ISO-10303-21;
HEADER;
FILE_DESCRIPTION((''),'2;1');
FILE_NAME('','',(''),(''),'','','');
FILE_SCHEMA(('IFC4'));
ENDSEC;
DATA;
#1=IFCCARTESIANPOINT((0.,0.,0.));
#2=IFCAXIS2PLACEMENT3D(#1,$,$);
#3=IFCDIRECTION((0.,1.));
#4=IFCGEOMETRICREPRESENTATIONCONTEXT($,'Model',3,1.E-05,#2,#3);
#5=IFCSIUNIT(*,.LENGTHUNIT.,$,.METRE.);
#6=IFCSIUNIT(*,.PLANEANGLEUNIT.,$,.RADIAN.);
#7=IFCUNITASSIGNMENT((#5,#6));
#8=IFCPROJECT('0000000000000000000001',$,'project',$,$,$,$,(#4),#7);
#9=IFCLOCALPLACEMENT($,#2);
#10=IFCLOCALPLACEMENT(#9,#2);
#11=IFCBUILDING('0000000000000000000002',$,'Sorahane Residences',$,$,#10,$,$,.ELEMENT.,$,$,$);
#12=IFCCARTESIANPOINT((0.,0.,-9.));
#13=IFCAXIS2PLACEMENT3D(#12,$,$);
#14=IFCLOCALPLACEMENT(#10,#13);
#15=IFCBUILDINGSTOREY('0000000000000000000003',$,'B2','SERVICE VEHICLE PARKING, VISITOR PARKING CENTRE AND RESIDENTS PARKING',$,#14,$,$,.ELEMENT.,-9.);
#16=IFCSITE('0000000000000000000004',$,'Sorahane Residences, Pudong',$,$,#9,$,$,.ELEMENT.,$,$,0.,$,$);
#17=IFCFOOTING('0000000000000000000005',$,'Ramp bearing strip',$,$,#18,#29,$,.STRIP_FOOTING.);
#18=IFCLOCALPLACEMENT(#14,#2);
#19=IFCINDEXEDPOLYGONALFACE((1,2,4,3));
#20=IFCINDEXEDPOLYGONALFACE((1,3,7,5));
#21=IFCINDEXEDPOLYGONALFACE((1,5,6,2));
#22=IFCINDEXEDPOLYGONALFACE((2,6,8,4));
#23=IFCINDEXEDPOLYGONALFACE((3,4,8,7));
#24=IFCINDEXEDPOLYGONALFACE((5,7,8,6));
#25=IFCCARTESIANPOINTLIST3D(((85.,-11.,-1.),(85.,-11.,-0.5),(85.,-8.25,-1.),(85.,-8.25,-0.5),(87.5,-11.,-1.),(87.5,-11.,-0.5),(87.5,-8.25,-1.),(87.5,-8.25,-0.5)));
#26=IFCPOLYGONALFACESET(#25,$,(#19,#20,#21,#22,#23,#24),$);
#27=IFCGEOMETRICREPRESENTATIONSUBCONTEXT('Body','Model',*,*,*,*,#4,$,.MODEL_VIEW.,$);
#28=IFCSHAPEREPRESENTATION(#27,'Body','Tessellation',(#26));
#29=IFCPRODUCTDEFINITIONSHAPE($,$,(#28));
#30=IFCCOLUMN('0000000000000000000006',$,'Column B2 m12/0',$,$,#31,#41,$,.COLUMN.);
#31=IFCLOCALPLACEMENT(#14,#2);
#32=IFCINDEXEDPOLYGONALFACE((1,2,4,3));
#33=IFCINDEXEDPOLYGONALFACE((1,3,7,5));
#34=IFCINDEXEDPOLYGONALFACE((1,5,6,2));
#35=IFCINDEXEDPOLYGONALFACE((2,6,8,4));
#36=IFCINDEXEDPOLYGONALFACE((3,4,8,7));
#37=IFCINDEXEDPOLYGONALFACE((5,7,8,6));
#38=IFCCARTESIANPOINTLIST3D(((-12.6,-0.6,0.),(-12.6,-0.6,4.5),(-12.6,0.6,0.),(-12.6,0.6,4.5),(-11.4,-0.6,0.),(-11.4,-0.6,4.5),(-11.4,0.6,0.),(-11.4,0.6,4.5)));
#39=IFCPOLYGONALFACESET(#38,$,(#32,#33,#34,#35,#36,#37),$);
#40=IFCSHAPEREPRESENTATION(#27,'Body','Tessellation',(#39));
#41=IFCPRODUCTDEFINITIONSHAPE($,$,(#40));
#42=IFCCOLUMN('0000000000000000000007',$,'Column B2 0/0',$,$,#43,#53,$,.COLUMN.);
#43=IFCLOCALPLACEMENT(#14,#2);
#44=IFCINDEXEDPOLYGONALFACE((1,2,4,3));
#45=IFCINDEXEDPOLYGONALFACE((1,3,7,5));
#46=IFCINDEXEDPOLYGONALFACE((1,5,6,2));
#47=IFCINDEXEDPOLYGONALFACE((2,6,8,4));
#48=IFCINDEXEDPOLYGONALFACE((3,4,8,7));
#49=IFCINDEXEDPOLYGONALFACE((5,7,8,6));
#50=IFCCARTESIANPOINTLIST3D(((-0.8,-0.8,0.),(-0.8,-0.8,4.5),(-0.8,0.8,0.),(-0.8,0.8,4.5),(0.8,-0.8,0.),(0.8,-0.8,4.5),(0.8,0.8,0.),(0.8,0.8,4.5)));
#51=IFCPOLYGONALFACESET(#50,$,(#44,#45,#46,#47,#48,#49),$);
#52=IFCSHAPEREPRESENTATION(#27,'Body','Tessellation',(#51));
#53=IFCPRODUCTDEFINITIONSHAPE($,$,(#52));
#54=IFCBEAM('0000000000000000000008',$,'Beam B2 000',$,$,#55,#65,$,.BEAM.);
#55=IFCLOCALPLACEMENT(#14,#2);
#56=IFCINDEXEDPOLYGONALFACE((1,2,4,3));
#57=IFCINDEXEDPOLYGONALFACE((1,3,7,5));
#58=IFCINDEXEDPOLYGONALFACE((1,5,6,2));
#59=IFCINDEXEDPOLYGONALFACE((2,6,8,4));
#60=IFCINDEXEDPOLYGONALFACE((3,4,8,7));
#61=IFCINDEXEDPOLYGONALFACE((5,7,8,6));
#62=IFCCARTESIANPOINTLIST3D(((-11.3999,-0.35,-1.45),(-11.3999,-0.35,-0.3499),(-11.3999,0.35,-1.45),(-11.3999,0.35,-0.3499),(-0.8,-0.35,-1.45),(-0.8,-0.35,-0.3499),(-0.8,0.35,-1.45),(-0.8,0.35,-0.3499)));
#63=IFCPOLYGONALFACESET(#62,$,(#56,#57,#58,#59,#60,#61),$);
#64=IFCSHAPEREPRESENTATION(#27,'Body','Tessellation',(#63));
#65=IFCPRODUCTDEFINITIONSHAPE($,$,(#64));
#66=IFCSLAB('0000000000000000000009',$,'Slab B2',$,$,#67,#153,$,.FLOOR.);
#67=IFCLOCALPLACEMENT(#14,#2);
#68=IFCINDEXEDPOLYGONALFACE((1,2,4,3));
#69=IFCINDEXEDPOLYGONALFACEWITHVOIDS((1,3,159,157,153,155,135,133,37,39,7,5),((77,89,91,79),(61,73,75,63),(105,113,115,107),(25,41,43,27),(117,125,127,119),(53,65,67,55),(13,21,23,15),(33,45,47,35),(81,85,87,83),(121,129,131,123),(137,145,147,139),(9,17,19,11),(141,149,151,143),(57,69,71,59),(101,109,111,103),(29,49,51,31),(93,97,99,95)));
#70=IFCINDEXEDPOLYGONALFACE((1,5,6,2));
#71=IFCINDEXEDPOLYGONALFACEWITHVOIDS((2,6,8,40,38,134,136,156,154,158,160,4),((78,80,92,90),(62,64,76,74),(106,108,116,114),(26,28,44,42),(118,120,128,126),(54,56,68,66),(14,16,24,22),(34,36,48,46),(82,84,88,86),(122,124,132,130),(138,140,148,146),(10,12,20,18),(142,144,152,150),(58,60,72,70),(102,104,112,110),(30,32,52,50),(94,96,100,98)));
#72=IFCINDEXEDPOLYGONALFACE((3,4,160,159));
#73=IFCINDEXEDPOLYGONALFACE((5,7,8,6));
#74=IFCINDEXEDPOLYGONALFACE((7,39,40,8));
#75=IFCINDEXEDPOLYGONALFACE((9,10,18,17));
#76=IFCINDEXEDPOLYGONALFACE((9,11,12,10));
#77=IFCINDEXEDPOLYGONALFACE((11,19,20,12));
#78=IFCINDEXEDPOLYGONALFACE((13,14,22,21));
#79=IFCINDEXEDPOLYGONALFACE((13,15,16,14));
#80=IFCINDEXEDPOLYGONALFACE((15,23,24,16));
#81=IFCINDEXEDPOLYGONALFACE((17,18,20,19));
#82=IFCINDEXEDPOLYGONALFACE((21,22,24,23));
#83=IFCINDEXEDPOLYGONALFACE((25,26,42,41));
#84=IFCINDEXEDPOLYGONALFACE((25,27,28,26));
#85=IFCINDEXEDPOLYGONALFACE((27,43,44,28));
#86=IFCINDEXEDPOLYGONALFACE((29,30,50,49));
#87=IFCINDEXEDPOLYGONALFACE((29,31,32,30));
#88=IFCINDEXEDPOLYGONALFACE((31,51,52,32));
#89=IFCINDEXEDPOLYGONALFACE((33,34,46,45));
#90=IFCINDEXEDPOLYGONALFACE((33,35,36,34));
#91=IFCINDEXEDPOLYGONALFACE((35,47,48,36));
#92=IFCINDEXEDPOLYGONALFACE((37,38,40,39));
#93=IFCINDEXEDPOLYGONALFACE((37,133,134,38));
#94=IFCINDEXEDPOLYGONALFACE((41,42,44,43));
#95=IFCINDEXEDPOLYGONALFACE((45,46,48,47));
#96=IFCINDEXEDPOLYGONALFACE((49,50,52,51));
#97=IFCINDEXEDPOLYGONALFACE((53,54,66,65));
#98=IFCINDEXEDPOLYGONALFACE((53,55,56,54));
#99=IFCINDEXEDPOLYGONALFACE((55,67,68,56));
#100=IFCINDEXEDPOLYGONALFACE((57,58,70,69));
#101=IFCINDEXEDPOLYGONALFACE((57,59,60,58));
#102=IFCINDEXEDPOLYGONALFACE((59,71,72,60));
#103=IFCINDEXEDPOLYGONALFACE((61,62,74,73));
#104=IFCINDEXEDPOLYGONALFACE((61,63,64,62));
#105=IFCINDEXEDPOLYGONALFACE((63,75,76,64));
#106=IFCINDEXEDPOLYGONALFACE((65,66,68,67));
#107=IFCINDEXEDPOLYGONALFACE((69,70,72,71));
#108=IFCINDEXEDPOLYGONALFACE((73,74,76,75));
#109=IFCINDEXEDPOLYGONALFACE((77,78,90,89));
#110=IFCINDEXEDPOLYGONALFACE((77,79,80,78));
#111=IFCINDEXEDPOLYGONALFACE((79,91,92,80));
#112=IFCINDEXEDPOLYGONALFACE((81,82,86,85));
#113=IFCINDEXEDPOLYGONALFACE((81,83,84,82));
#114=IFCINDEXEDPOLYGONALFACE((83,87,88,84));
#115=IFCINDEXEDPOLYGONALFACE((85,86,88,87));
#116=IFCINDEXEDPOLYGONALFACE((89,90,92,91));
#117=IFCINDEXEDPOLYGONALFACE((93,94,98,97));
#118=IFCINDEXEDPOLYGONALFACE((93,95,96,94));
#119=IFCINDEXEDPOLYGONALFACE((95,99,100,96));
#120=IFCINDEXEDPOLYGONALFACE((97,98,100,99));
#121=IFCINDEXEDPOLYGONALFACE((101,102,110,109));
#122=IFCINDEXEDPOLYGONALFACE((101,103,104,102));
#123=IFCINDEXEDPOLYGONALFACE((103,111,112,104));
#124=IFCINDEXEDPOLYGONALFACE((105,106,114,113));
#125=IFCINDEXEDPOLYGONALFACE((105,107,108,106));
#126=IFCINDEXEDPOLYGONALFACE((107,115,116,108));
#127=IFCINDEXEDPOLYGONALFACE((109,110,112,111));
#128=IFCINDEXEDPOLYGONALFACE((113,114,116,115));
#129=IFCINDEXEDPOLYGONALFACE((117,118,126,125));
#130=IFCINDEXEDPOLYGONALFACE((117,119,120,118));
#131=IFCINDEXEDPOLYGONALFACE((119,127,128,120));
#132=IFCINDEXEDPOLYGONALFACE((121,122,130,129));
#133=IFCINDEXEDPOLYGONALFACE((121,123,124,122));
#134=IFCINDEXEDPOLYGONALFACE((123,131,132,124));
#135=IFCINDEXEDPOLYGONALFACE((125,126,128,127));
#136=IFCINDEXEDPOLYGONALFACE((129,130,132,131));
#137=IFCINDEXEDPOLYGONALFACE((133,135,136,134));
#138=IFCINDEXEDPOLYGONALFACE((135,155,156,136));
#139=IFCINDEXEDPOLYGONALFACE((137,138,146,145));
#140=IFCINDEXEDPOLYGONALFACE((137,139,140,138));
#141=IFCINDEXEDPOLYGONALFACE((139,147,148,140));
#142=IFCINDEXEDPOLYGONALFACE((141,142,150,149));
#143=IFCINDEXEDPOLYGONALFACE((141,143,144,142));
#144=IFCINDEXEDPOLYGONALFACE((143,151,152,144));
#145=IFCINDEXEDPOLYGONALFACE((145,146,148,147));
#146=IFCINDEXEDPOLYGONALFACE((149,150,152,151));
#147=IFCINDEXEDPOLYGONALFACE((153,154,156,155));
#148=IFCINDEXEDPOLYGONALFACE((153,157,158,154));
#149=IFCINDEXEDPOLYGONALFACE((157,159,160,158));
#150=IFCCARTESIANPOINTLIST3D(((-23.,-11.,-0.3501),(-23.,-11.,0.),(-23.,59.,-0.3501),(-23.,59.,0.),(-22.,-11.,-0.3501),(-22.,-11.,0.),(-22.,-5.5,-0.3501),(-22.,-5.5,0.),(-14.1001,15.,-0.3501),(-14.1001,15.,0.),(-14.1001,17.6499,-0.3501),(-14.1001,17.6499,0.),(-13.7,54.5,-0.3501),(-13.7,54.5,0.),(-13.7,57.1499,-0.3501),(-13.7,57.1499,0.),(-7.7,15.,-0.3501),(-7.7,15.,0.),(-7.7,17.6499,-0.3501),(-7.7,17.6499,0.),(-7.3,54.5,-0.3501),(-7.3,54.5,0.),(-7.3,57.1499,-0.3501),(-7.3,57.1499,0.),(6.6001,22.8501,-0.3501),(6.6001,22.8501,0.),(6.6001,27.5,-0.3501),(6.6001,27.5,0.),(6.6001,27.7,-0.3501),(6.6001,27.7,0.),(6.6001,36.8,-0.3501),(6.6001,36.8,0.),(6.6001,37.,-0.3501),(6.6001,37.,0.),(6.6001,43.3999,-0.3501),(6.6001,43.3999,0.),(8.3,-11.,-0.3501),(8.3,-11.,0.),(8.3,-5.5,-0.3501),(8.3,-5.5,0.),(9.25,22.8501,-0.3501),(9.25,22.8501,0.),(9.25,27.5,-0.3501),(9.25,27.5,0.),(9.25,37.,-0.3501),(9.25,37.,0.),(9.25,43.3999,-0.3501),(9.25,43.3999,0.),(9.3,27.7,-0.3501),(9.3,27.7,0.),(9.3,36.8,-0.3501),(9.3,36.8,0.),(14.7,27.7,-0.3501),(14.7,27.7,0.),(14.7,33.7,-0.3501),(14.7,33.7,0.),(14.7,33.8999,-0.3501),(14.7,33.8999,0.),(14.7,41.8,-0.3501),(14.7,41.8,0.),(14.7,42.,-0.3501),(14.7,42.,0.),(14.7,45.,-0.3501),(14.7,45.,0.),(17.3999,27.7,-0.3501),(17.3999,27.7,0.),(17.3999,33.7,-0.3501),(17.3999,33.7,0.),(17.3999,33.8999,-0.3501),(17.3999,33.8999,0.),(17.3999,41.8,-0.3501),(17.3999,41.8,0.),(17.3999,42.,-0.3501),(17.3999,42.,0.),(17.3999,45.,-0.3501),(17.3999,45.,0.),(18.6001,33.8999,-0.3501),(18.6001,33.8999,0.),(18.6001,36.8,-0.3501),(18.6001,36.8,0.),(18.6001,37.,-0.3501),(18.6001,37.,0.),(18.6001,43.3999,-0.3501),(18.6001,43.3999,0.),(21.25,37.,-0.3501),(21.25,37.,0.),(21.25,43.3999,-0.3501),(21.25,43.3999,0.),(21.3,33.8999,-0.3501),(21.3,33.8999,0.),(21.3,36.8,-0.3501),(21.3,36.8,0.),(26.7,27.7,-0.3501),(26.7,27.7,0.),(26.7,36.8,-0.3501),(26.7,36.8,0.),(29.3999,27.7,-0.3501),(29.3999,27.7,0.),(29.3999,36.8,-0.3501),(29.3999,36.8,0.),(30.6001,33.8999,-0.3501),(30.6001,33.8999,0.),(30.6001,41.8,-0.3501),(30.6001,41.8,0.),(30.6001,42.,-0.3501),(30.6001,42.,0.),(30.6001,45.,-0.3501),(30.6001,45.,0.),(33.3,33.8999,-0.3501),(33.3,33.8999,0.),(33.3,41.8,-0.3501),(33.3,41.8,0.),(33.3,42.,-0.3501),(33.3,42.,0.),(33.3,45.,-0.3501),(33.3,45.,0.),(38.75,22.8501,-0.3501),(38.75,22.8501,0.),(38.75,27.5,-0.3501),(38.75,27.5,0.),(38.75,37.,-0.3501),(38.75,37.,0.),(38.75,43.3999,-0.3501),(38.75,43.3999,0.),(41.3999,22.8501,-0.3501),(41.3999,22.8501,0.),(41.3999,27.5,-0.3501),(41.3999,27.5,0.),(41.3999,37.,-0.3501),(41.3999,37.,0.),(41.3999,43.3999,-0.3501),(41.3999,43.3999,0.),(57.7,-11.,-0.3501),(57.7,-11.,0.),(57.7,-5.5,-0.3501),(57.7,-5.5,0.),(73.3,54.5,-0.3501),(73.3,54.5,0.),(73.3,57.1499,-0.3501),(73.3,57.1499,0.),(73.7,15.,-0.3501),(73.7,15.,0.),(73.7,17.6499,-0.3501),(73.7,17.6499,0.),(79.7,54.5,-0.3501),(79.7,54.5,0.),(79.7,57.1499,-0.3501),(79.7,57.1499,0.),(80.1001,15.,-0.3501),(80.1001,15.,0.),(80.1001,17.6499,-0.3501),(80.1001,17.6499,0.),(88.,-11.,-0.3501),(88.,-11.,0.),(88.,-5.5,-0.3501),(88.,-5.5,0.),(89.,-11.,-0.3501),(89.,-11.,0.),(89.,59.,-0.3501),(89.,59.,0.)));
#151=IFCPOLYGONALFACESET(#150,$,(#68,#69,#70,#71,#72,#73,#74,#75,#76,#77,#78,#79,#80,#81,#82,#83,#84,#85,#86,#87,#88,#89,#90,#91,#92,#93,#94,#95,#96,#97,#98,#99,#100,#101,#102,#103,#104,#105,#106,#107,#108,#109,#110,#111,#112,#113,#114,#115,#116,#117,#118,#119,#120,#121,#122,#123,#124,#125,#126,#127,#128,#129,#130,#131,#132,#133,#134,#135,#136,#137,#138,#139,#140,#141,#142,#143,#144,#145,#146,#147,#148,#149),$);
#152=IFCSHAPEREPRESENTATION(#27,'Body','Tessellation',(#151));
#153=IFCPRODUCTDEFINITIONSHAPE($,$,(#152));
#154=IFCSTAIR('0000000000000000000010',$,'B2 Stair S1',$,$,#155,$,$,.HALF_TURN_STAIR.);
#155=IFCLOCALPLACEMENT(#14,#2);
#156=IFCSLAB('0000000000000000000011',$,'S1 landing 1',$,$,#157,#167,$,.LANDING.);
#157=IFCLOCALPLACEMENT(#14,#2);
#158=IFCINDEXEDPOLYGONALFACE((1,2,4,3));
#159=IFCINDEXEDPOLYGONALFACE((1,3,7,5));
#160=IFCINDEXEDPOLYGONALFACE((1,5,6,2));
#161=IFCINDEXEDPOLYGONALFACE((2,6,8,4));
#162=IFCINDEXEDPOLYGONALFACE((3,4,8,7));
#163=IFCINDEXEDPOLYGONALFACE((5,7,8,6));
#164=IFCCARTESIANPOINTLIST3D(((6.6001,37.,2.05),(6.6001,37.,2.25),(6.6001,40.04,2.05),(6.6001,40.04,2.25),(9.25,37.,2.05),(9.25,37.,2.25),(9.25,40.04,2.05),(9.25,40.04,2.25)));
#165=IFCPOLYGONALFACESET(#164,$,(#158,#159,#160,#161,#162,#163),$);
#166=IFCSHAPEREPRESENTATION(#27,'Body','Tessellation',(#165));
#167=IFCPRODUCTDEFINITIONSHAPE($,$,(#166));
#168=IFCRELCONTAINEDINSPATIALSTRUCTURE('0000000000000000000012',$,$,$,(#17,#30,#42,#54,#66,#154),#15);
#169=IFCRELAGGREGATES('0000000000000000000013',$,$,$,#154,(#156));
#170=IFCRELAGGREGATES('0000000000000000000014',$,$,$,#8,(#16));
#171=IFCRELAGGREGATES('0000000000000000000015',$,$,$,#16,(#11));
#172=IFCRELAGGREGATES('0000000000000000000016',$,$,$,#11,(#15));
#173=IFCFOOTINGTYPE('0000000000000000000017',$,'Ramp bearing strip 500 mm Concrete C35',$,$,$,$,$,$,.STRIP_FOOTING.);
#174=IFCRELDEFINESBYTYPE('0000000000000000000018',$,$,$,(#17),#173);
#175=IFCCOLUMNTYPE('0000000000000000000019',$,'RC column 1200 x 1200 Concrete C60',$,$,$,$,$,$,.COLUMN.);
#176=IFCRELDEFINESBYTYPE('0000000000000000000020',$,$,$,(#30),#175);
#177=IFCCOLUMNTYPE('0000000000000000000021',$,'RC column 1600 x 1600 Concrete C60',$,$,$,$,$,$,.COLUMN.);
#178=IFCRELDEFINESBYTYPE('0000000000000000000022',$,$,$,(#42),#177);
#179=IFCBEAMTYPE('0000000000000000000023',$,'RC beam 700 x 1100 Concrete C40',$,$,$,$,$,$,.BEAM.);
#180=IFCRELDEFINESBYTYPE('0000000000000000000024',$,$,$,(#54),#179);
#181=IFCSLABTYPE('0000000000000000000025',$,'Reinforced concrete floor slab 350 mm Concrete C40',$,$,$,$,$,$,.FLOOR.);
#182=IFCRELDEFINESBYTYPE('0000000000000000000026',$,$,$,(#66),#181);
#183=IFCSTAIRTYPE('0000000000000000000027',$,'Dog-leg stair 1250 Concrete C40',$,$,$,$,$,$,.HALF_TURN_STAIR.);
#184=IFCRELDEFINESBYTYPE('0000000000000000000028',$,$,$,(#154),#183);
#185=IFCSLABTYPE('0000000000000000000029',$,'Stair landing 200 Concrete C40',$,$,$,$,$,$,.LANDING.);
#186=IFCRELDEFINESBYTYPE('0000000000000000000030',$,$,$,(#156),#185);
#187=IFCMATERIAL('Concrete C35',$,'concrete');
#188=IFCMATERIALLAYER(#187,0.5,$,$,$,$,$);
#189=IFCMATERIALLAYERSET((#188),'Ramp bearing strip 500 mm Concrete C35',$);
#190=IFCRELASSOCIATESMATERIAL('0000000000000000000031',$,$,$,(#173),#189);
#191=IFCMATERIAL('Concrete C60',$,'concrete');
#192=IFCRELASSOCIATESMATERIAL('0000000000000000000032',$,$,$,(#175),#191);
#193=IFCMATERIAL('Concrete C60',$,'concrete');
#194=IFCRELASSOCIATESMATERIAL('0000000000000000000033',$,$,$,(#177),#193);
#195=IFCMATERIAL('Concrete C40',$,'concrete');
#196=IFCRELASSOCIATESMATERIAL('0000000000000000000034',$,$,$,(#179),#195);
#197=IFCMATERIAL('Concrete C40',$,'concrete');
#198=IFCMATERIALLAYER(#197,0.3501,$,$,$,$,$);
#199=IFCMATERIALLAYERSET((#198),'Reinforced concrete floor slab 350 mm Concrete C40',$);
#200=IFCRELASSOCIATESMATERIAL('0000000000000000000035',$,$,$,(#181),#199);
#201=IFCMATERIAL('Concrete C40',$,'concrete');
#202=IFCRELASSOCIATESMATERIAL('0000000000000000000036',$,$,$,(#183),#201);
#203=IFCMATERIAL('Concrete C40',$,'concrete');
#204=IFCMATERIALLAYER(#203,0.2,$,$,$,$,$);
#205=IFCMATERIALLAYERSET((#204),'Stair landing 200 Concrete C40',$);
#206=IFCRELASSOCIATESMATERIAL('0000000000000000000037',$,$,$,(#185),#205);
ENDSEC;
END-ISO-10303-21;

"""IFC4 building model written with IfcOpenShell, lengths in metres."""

from ifc_helpers import new_model, si_unit, direction, frame, origin, origin_with_axes, origin_2d, place, context, subcontext, project, spatial, polyline, rectangle, outline, extrude, material, layer, layer_set, material_profile, profile_set, type_object, element, aggregate, save


model = new_model("IFC4")

# Units and contexts
model_context = context("Model", 3, precision=1e-05, world=origin(), true_north=direction((0.0, 1.0)))
body_context = subcontext(model_context, "Body", "Model", "MODEL_VIEW")
ifc_project = project(units=[si_unit("LENGTHUNIT", "METRE"), si_unit("PLANEANGLEUNIT", "RADIAN")], contexts=[model_context])

# Site, building, storey
site_placement = place(None, origin())
site = spatial("IfcSite", under=ifc_project, at=site_placement, Name="Sorahane Residences, Pudong", CompositionType="ELEMENT", RefElevation=0.0)
building_placement = place(site_placement, origin())
building = spatial("IfcBuilding", under=site, at=building_placement, Name="Sorahane Residences", CompositionType="ELEMENT")
storey_placement = place(building_placement, frame((0.0, 0.0, -9.0)))
storey = spatial("IfcBuildingStorey", under=building, at=storey_placement, Name="B2", Description="SERVICE VEHICLE PARKING, VISITOR PARKING CENTRE AND RESIDENTS PARKING", CompositionType="ELEMENT", Elevation=-9.0)

# Footing
ifc_material_1 = material(Name="Concrete C35", Category="concrete")
ifc_layer_1 = layer(ifc_material_1, 0.5)
ifc_layer_set_1 = layer_set([ifc_layer_1], Name="Ramp bearing strip 500 mm Concrete C35")
footing_type = type_object("IfcFootingType", Name="Ramp bearing strip 500 mm Concrete C35", PredefinedType="STRIP_FOOTING", material=ifc_layer_set_1)
footing_placement = place(storey_placement, frame((0.0, 0.0, -1.0)))
element("IfcFooting", 1, at=footing_placement, inside=storey, type_object=footing_type, Name="Ramp bearing strip", PredefinedType="STRIP_FOOTING", context=body_context, shape_type="SweptSolid", body=[
    extrude(outline(polyline([(85.0, -11.0), (87.5, -11.0), (87.5, -8.25), (85.0, -8.25), (85.0, -11.0)])), origin(), (0.0, 0.0, 1.0), 0.5),
])

# Columns
ifc_material_2 = material(Name="Concrete C60", Category="concrete")
ifc_material_profile_1 = material_profile(ifc_material_2, rectangle(XDim=1.2, YDim=1.2, at=origin_2d()), Name="1200x1200")
ifc_profile_set_1 = profile_set([ifc_material_profile_1], Name="Concrete C60")
column_type_1 = type_object("IfcColumnType", Name="RC column 1200 x 1200 Concrete C60", PredefinedType="COLUMN", material=ifc_profile_set_1)
column_1_placement = place(storey_placement, frame((-12.0, 0.0, 0.0), z_axis=(0.0, 0.0, 1.0), x_axis=(1.0, 0.0, 0.0)))
element("IfcColumn", 2, at=column_1_placement, inside=storey, type_object=column_type_1, Name="Column B2 m12/0", PredefinedType="COLUMN", context=body_context, shape_type="SweptSolid", body=[
    extrude(rectangle(XDim=1.2, YDim=1.2, at=origin_2d()), origin(), (0.0, 0.0, 1.0), 4.5),
])
ifc_material_3 = material(Name="Concrete C60", Category="concrete")
ifc_material_profile_2 = material_profile(ifc_material_3, rectangle(XDim=1.6001, YDim=1.6001, at=origin_2d()), Name="1600x1600")
ifc_profile_set_2 = profile_set([ifc_material_profile_2], Name="Concrete C60")
column_type_2 = type_object("IfcColumnType", Name="RC column 1600 x 1600 Concrete C60", PredefinedType="COLUMN", material=ifc_profile_set_2)
column_2_placement = place(storey_placement, origin_with_axes())
element("IfcColumn", 3, at=column_2_placement, inside=storey, type_object=column_type_2, Name="Column B2 0/0", PredefinedType="COLUMN", context=body_context, shape_type="SweptSolid", body=[
    extrude(rectangle(XDim=1.6001, YDim=1.6001, at=origin_2d()), origin(), (0.0, 0.0, 1.0), 4.5),
])

# Beam
ifc_material_4 = material(Name="Concrete C40", Category="concrete")
ifc_material_profile_3 = material_profile(ifc_material_4, rectangle(XDim=0.7, YDim=1.1001, at=origin_2d()), Name="700x1100")
ifc_profile_set_3 = profile_set([ifc_material_profile_3], Name="Concrete C40")
beam_type = type_object("IfcBeamType", Name="RC beam 700 x 1100 Concrete C40", PredefinedType="BEAM", material=ifc_profile_set_3)
beam_placement = place(storey_placement, frame((-11.3999, 0.0, -0.8999), z_axis=(1.0, 0.0, 0.0), x_axis=(0.0, 1.0, 0.0)))
element("IfcBeam", 4, at=beam_placement, inside=storey, type_object=beam_type, Name="Beam B2 000", PredefinedType="BEAM", context=body_context, shape_type="SweptSolid", body=[
    extrude(rectangle(XDim=0.7, YDim=1.1001, at=origin_2d()), origin(), (0.0, 0.0, 1.0), 10.5999),
])

# Slab
ifc_material_5 = material(Name="Concrete C40", Category="concrete")
ifc_layer_2 = layer(ifc_material_5, 0.3501)
ifc_layer_set_2 = layer_set([ifc_layer_2], Name="Reinforced concrete floor slab 350 mm Concrete C40")
slab_type_1 = type_object("IfcSlabType", Name="Reinforced concrete floor slab 350 mm Concrete C40", PredefinedType="FLOOR", material=ifc_layer_set_2)
slab_1_placement = place(storey_placement, frame((0.0, 0.0, -0.3501)))
element("IfcSlab", 5, at=slab_1_placement, inside=storey, type_object=slab_type_1, Name="Slab B2", PredefinedType="FLOOR", context=body_context, shape_type="SweptSolid", body=[
    extrude(outline(polyline([(-23.0, -11.0), (-23.0, 59.0), (89.0, 59.0), (89.0, -11.0), (88.0, -11.0), (88.0, -5.5), (57.7, -5.5), (57.7, -11.0), (8.3, -11.0), (8.3, -5.5), (-22.0, -5.5), (-22.0, -11.0), (-23.0, -11.0)]), holes=[polyline([(30.6001, 42.0), (33.3, 42.0), (33.3, 45.0), (30.6001, 45.0), (30.6001, 42.0)]), polyline([(14.7, 27.7), (17.3999, 27.7), (17.3999, 33.7), (14.7, 33.7), (14.7, 27.7)]), polyline([(14.7, 42.0), (17.3999, 42.0), (17.3999, 45.0), (14.7, 45.0), (14.7, 42.0)]), polyline([(6.6001, 27.7), (9.3, 27.7), (9.3, 36.8), (6.6001, 36.8), (6.6001, 27.7)]), polyline([(6.6001, 43.3999), (6.6001, 37.0), (9.25, 37.0), (9.25, 43.3999), (6.6001, 43.3999)]), polyline([(38.75, 43.3999), (38.75, 37.0), (41.3999, 37.0), (41.3999, 43.3999), (38.75, 43.3999)]), polyline([(18.6001, 43.3999), (18.6001, 37.0), (21.25, 37.0), (21.25, 43.3999), (18.6001, 43.3999)]), polyline([(9.25, 22.8501), (9.25, 27.5), (6.6001, 27.5), (6.6001, 22.8501), (9.25, 22.8501)]), polyline([(41.3999, 22.8501), (41.3999, 27.5), (38.75, 27.5), (38.75, 22.8501), (41.3999, 22.8501)]), polyline([(14.7, 33.8999), (17.3999, 33.8999), (17.3999, 41.8), (14.7, 41.8), (14.7, 33.8999)]), polyline([(30.6001, 33.8999), (33.3, 33.8999), (33.3, 41.8), (30.6001, 41.8), (30.6001, 33.8999)]), polyline([(18.6001, 33.8999), (21.3, 33.8999), (21.3, 36.8), (18.6001, 36.8), (18.6001, 33.8999)]), polyline([(26.7, 27.7), (29.3999, 27.7), (29.3999, 36.8), (26.7, 36.8), (26.7, 27.7)]), polyline([(-13.7, 54.5), (-7.3, 54.5), (-7.3, 57.1499), (-13.7, 57.1499), (-13.7, 54.5)]), polyline([(79.7, 57.1499), (73.3, 57.1499), (73.3, 54.5), (79.7, 54.5), (79.7, 57.1499)]), polyline([(-14.1001, 15.0), (-7.7, 15.0), (-7.7, 17.6499), (-14.1001, 17.6499), (-14.1001, 15.0)]), polyline([(80.1001, 17.6499), (73.7, 17.6499), (73.7, 15.0), (80.1001, 15.0), (80.1001, 17.6499)])]), origin(), (0.0, 0.0, 1.0), 0.3501),
])

# Stair, slab
ifc_material_6 = material(Name="Concrete C40", Category="concrete")
stair_type = type_object("IfcStairType", Name="Dog-leg stair 1250 Concrete C40", PredefinedType="HALF_TURN_STAIR", material=ifc_material_6)
stair_1_placement = place(storey_placement, origin())
stair_1 = element("IfcStair", 6, at=stair_1_placement, inside=storey, type_object=stair_type, Name="B2 Stair S1", PredefinedType="HALF_TURN_STAIR")
ifc_material_7 = material(Name="Concrete C40", Category="concrete")
ifc_layer_3 = layer(ifc_material_7, 0.2)
ifc_layer_set_3 = layer_set([ifc_layer_3], Name="Stair landing 200 Concrete C40")
slab_type_2 = type_object("IfcSlabType", Name="Stair landing 200 Concrete C40", PredefinedType="LANDING", material=ifc_layer_set_3)
slab_2_placement = place(storey_placement, frame((0.0, 0.0, 2.05)))
slab_2 = element("IfcSlab", 7, at=slab_2_placement, type_object=slab_type_2, Name="S1 landing 1", PredefinedType="LANDING", context=body_context, shape_type="SweptSolid", body=[
    extrude(outline(polyline([(6.6001, 40.04), (6.6001, 37.0), (9.25, 37.0), (9.25, 40.04), (6.6001, 40.04)])), origin(), (0.0, 0.0, 1.0), 0.2),
])
aggregate(stair_1, [slab_2])

save(model, "model.ifc")
